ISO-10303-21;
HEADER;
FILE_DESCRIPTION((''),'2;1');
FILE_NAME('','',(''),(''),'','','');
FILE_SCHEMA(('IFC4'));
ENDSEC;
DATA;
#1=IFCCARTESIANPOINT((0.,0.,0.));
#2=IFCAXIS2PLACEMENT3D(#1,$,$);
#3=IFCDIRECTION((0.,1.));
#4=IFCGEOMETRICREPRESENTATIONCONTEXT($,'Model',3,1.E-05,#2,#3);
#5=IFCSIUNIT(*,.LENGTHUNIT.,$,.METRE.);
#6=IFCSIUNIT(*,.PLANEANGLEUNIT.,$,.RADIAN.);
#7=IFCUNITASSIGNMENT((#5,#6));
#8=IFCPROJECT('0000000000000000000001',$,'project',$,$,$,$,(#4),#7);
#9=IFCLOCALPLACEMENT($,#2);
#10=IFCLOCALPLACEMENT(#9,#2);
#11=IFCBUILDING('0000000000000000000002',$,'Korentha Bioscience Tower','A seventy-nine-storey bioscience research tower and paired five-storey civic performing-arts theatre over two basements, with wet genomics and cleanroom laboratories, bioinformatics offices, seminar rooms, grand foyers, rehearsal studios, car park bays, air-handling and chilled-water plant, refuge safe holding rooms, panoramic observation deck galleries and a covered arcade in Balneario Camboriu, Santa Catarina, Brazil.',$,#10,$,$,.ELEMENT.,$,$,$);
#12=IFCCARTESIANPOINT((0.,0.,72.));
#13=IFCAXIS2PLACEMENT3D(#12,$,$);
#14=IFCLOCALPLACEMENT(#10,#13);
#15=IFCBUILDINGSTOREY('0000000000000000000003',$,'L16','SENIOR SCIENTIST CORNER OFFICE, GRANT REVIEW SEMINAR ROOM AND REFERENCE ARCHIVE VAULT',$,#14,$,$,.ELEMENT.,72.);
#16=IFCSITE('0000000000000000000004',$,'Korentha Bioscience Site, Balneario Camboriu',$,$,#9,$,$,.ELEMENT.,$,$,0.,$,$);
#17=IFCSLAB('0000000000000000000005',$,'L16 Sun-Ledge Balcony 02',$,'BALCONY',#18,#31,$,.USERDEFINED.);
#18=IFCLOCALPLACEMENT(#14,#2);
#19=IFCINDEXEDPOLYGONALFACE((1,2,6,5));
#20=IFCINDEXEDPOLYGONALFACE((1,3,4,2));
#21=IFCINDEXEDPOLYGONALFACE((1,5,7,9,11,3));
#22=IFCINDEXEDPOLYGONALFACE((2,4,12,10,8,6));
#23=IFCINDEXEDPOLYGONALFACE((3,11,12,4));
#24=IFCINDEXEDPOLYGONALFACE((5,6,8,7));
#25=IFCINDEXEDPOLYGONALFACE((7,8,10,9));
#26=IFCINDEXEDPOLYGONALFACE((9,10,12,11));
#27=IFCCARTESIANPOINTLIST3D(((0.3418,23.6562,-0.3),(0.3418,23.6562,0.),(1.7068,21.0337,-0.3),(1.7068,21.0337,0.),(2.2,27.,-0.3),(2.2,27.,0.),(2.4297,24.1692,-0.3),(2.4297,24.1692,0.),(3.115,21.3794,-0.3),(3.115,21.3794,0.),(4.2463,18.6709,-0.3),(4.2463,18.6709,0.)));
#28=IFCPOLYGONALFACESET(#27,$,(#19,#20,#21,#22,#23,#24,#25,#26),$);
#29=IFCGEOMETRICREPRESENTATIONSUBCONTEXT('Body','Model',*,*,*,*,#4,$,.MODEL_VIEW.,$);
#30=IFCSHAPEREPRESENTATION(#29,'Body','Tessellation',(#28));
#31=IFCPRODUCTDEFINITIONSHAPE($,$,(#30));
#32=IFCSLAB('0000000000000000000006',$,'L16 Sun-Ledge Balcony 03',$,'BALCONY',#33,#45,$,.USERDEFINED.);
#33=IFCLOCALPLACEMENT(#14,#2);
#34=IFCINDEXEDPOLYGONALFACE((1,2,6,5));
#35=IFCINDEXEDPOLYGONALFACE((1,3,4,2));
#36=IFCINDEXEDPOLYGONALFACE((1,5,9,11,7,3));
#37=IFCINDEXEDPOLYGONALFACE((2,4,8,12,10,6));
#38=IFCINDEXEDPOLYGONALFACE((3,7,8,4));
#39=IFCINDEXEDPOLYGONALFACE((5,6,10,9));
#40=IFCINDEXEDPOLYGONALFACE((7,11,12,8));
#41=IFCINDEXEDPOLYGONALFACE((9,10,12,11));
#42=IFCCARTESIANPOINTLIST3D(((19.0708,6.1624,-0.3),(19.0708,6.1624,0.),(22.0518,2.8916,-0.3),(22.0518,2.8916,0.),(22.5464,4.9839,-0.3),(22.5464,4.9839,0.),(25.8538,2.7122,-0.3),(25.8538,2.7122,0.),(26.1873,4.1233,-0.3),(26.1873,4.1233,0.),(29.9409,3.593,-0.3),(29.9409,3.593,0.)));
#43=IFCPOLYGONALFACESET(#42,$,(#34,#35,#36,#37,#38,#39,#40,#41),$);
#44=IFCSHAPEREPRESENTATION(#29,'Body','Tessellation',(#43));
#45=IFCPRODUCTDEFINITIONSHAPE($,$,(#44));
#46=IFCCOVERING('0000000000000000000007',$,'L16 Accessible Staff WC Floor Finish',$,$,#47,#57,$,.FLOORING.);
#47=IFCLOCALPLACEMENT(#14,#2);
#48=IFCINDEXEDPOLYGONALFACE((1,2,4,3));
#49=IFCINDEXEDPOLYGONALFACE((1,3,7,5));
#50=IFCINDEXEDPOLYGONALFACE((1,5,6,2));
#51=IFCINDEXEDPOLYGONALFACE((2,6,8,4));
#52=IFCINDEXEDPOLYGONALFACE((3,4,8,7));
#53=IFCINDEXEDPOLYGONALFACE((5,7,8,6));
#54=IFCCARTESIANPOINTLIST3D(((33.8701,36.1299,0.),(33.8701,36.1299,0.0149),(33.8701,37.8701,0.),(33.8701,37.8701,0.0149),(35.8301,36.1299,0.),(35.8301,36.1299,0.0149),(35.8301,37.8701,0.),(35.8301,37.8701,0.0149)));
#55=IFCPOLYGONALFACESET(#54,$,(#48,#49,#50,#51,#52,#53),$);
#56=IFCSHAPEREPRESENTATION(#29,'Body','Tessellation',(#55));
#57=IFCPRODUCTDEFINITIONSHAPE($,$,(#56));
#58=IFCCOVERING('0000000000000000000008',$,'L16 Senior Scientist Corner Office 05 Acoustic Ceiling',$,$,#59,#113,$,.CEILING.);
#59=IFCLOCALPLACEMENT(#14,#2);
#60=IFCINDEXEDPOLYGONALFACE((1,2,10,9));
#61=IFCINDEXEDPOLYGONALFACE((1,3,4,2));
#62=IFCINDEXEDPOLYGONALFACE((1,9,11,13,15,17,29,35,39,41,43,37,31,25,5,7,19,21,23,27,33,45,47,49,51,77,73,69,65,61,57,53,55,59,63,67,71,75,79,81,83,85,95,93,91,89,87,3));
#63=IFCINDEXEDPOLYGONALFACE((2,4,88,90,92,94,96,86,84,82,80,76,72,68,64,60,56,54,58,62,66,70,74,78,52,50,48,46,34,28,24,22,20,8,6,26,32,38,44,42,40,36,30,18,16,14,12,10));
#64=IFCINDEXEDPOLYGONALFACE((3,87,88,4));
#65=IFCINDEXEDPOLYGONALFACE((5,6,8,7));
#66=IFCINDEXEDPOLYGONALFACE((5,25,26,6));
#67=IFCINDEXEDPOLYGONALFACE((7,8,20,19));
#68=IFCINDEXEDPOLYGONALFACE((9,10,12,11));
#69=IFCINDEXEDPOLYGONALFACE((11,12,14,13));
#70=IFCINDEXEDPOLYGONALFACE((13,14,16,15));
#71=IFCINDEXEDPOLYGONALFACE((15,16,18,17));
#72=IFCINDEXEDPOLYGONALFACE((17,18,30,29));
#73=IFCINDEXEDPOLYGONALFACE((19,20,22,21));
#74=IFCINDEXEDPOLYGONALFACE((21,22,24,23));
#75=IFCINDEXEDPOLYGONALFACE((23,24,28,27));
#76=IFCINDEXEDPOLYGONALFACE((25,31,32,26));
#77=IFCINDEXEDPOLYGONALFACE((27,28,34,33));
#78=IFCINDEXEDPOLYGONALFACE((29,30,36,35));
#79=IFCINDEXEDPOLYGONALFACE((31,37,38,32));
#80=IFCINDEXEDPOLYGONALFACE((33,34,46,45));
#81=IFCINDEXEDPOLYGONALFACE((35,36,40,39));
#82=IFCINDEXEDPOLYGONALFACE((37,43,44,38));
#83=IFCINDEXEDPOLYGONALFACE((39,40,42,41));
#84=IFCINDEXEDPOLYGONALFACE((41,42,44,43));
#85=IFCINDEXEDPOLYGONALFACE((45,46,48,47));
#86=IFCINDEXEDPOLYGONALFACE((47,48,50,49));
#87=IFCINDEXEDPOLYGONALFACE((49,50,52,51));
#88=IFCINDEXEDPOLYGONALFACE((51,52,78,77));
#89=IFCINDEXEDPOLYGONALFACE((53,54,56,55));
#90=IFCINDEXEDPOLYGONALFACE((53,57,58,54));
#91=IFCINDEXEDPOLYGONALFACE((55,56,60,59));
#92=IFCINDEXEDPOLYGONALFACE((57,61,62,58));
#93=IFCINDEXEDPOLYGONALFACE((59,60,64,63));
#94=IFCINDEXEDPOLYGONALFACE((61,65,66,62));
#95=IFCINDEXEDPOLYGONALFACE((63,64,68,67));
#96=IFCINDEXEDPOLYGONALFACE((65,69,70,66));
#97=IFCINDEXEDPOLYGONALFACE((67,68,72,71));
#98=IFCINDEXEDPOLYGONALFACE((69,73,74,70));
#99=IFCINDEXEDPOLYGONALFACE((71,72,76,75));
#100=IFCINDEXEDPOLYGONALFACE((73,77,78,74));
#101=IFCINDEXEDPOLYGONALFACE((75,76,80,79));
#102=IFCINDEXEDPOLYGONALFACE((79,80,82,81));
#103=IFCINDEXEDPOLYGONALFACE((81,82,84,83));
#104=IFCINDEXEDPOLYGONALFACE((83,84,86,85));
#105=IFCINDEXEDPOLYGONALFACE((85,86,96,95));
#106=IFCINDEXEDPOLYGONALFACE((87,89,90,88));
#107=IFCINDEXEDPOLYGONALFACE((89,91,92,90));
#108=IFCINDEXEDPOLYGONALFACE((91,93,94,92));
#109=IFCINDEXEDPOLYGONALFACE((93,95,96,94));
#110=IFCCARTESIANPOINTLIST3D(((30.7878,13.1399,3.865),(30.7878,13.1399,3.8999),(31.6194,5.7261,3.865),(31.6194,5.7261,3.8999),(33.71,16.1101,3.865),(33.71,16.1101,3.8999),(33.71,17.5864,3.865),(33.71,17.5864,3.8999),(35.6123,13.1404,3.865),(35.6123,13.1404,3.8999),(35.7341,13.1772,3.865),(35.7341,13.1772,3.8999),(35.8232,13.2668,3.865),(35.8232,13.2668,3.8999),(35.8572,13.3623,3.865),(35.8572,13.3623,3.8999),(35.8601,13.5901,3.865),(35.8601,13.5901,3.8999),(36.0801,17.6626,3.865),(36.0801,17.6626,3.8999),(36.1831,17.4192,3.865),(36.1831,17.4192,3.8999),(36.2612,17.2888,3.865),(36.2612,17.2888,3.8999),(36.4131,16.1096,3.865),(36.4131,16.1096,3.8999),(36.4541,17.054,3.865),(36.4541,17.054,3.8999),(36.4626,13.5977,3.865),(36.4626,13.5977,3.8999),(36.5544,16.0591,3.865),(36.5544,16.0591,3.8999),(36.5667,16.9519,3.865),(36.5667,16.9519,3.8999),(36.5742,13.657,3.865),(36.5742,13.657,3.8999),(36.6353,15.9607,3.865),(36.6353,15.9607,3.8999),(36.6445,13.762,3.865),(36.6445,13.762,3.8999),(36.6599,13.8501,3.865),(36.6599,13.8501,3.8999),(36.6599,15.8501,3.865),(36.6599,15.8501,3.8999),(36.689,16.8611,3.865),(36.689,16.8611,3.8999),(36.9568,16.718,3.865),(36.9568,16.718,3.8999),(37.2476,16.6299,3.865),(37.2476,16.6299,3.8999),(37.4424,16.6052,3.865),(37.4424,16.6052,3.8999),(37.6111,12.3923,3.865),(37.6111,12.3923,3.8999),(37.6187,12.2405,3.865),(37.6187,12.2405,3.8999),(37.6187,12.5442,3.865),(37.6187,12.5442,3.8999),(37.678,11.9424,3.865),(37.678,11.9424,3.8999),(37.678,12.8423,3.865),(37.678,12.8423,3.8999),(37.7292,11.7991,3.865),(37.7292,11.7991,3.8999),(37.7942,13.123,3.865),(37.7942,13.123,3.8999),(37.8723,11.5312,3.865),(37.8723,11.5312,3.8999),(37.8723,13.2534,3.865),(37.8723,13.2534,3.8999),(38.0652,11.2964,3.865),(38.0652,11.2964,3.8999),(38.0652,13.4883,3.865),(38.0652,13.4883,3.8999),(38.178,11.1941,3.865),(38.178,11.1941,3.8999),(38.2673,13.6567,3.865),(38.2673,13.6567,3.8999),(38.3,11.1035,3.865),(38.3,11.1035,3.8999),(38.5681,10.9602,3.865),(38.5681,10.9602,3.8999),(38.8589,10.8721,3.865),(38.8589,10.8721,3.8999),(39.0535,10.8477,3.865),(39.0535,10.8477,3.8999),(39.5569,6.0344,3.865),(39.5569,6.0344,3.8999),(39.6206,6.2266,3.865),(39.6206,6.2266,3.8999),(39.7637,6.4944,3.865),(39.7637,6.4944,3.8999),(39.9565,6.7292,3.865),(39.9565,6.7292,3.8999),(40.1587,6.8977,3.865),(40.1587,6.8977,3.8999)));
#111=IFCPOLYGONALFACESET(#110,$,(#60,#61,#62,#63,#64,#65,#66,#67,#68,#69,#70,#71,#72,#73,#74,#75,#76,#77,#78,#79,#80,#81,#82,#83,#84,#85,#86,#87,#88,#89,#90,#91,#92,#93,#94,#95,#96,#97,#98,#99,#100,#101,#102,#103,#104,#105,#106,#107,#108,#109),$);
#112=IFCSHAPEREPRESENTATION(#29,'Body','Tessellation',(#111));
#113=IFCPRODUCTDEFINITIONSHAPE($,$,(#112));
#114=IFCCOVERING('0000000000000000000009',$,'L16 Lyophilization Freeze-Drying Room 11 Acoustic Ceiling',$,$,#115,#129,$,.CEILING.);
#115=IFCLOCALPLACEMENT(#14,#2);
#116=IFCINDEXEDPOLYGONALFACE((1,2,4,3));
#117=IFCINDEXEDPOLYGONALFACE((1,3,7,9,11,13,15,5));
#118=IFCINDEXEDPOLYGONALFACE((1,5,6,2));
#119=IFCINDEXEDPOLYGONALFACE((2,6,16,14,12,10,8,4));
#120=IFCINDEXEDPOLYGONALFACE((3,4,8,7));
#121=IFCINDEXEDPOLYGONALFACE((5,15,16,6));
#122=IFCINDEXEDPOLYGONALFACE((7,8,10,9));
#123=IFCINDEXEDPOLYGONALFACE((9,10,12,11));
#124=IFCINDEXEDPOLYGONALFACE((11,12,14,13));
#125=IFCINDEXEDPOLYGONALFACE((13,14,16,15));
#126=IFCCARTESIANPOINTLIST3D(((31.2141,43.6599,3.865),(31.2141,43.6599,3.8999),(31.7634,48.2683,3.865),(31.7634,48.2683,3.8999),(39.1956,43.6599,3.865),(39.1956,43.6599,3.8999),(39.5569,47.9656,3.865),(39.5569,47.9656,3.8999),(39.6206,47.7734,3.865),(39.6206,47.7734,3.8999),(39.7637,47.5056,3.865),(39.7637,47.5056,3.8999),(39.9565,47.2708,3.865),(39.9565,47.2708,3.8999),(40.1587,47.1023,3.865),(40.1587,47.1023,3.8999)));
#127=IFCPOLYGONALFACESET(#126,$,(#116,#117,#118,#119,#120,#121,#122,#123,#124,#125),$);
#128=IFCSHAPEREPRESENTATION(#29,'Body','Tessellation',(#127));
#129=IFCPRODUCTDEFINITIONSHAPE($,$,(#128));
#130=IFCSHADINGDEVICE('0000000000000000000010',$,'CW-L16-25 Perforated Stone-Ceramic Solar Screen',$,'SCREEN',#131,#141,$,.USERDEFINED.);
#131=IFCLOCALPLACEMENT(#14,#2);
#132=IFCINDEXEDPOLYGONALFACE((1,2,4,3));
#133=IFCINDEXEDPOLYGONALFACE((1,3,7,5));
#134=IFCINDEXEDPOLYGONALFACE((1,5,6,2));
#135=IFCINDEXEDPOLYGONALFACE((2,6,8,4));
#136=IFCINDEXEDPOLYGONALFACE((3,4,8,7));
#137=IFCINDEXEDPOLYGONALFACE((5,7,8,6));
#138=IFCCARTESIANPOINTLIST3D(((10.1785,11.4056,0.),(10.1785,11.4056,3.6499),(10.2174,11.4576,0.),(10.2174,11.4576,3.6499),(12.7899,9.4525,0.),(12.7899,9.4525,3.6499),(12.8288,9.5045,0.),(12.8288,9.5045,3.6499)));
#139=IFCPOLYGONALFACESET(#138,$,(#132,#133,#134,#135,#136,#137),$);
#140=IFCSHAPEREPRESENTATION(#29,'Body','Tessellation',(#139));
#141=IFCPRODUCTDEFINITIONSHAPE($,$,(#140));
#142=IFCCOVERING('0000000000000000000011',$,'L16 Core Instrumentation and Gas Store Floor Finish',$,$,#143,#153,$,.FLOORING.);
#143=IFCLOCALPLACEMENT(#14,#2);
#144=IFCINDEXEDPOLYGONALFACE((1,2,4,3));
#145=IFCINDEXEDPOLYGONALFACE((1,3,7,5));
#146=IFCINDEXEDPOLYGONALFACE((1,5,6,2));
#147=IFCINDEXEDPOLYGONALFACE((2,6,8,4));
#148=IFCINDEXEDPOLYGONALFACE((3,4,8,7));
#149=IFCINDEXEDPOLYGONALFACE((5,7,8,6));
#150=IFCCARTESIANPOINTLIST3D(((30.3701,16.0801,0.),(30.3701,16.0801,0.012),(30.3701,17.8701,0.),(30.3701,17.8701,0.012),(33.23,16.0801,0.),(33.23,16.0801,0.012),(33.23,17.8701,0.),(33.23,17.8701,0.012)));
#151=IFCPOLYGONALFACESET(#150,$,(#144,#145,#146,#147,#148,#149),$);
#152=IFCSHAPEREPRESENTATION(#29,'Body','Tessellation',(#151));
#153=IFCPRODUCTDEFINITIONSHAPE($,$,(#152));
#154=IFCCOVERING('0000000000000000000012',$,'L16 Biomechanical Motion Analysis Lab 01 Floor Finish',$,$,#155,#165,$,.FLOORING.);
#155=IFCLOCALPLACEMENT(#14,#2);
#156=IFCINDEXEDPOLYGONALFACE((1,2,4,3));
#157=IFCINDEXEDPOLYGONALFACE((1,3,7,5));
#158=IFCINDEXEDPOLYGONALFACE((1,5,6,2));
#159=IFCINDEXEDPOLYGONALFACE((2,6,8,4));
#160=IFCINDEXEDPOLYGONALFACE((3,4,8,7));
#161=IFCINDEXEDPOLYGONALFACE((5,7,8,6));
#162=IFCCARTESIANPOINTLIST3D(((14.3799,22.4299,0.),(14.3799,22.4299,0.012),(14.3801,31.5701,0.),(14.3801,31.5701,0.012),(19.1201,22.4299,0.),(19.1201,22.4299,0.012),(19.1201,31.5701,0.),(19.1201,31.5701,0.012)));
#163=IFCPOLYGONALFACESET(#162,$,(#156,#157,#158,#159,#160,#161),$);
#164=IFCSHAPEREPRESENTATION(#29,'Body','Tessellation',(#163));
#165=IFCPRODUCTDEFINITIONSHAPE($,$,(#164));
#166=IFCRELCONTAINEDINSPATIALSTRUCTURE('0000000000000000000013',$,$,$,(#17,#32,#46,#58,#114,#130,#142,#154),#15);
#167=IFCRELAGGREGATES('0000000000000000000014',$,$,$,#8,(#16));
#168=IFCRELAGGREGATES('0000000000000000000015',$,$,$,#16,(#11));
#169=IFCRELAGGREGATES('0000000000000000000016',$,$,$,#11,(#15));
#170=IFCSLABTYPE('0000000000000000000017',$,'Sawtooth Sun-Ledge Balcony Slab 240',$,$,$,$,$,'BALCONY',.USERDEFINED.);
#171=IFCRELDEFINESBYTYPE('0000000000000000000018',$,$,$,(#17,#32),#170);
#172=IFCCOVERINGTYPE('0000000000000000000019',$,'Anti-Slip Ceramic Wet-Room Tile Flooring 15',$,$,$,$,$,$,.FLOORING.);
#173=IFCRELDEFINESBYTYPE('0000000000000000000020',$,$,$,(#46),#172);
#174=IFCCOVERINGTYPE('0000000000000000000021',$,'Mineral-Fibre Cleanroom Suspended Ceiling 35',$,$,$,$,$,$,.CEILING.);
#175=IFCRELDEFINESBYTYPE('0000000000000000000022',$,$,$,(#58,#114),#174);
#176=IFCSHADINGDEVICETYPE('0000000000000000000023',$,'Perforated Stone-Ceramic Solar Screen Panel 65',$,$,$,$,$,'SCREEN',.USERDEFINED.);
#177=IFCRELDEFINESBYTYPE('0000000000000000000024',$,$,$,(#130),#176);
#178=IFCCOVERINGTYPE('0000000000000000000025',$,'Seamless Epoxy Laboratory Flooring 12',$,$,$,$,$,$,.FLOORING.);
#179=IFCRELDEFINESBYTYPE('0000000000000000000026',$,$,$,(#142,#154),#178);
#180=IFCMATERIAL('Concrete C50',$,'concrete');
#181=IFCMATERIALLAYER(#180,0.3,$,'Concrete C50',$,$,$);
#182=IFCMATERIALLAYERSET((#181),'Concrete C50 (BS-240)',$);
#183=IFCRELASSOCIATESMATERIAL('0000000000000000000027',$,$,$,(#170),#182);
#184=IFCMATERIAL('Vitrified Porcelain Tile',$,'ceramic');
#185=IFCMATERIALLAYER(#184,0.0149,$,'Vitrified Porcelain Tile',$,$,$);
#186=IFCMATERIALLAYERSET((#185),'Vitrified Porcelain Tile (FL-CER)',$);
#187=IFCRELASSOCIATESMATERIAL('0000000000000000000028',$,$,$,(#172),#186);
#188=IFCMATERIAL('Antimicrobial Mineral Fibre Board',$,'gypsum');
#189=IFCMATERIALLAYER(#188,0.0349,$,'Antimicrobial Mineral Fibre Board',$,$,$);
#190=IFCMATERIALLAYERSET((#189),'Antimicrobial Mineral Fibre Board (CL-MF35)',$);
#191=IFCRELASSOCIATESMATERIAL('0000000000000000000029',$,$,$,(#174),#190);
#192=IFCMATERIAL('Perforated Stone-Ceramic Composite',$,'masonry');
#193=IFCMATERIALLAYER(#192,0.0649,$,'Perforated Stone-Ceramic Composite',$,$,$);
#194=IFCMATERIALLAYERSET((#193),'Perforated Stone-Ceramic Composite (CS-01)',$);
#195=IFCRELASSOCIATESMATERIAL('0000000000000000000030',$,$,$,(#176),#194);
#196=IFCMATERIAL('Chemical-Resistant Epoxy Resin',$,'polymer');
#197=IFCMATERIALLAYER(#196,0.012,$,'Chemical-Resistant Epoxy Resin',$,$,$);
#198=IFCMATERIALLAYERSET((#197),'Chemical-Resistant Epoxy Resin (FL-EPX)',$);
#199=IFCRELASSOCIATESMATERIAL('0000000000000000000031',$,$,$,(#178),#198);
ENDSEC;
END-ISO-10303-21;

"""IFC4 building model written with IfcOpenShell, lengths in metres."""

from ifc_helpers import new_model, si_unit, direction, frame, origin, origin_2d, place, context, subcontext, project, spatial, polyline, rectangle, outline, extrude, material, layer, layer_set, type_object, element, save


model = new_model("IFC4")

# Units and contexts
model_context = context("Model", 3, precision=1e-05, world=origin(), true_north=direction((0.0, 1.0)))
body_context = subcontext(model_context, "Body", "Model", "MODEL_VIEW")
ifc_project = project(units=[si_unit("LENGTHUNIT", "METRE"), si_unit("PLANEANGLEUNIT", "RADIAN")], contexts=[model_context])

# Site, building, storey
site_placement = place(None, origin())
site = spatial("IfcSite", under=ifc_project, at=site_placement, Name="Korentha Bioscience Site, Balneario Camboriu", CompositionType="ELEMENT", RefElevation=0.0)
building_placement = place(site_placement, origin())
building = spatial("IfcBuilding", under=site, at=building_placement, Name="Korentha Bioscience Tower", Description="A seventy-nine-storey bioscience research tower and paired five-storey civic performing-arts theatre over two basements, with wet genomics and cleanroom laboratories, bioinformatics offices, seminar rooms, grand foyers, rehearsal studios, car park bays, air-handling and chilled-water plant, refuge safe holding rooms, panoramic observation deck galleries and a covered arcade in Balneario Camboriu, Santa Catarina, Brazil.", CompositionType="ELEMENT")
storey_placement = place(building_placement, frame((0.0, 0.0, 72.0)))
storey = spatial("IfcBuildingStorey", under=building, at=storey_placement, Name="L16", Description="SENIOR SCIENTIST CORNER OFFICE, GRANT REVIEW SEMINAR ROOM AND REFERENCE ARCHIVE VAULT", CompositionType="ELEMENT", Elevation=72.0)

# Shared definitions
ifc_material_1 = material(Name="Concrete C50", Category="concrete")

# Slabs
ifc_layer_1 = layer(ifc_material_1, 0.3, Name="Concrete C50")
ifc_layer_set_1 = layer_set([ifc_layer_1], Name="Concrete C50 (BS-240)")
slab_type_1 = type_object("IfcSlabType", Name="Sawtooth Sun-Ledge Balcony Slab 240", ElementType="BALCONY", PredefinedType="USERDEFINED", material=ifc_layer_set_1)
slab_1_placement = place(storey_placement, frame((0.0, 0.0, -0.3)))
element("IfcSlab", 1, at=slab_1_placement, inside=storey, type_object=slab_type_1, Name="L16 Sun-Ledge Balcony 02", ObjectType="BALCONY", PredefinedType="USERDEFINED", context=body_context, shape_type="SweptSolid", body=[
    extrude(outline(polyline([(4.2463, 18.6709), (3.115, 21.3794), (2.4297, 24.1692), (2.2, 27.0), (0.3418, 23.6562), (1.7068, 21.0337), (4.2463, 18.6709)])), origin(), (0.0, 0.0, 1.0), 0.3),
])
slab_2_placement = place(storey_placement, frame((0.0, 0.0, -0.3)))
element("IfcSlab", 2, at=slab_2_placement, inside=storey, type_object=slab_type_1, Name="L16 Sun-Ledge Balcony 03", ObjectType="BALCONY", PredefinedType="USERDEFINED", context=body_context, shape_type="SweptSolid", body=[
    extrude(outline(polyline([(29.9409, 3.593), (26.1873, 4.1233), (22.5464, 4.9839), (19.0708, 6.1624), (22.0518, 2.8916), (25.8538, 2.7122), (29.9409, 3.593)])), origin(), (0.0, 0.0, 1.0), 0.3),
])

# Coverings
ifc_material_2 = material(Name="Vitrified Porcelain Tile", Category="ceramic")
ifc_layer_2 = layer(ifc_material_2, 0.0149, Name="Vitrified Porcelain Tile")
ifc_layer_set_2 = layer_set([ifc_layer_2], Name="Vitrified Porcelain Tile (FL-CER)")
covering_type_1 = type_object("IfcCoveringType", Name="Anti-Slip Ceramic Wet-Room Tile Flooring 15", PredefinedType="FLOORING", material=ifc_layer_set_2)
covering_1_placement = place(storey_placement, origin())
element("IfcCovering", 3, at=covering_1_placement, inside=storey, type_object=covering_type_1, Name="L16 Accessible Staff WC Floor Finish", PredefinedType="FLOORING", context=body_context, shape_type="SweptSolid", body=[
    extrude(outline(polyline([(33.8701, 36.1299), (33.8701, 37.8701), (35.8301, 37.8701), (35.8301, 36.1299), (33.8701, 36.1299)])), origin(), (0.0, 0.0, 1.0), 0.0149),
])
ifc_material_3 = material(Name="Antimicrobial Mineral Fibre Board", Category="gypsum")
ifc_layer_3 = layer(ifc_material_3, 0.0349, Name="Antimicrobial Mineral Fibre Board")
ifc_layer_set_3 = layer_set([ifc_layer_3], Name="Antimicrobial Mineral Fibre Board (CL-MF35)")
covering_type_2 = type_object("IfcCoveringType", Name="Mineral-Fibre Cleanroom Suspended Ceiling 35", PredefinedType="CEILING", material=ifc_layer_set_3)
covering_2_placement = place(storey_placement, frame((0.0, 0.0, 3.865)))
element("IfcCovering", 4, at=covering_2_placement, inside=storey, type_object=covering_type_2, Name="L16 Senior Scientist Corner Office 05 Acoustic Ceiling", PredefinedType="CEILING", context=body_context, shape_type="SweptSolid", body=[
    extrude(outline(polyline([(35.6123, 13.1404), (35.7341, 13.1772), (35.8232, 13.2668), (35.8572, 13.3623), (35.8601, 13.5901), (36.4626, 13.5977), (36.5742, 13.657), (36.6445, 13.762), (36.6599, 13.8501), (36.6599, 15.8501), (36.6353, 15.9607), (36.5544, 16.0591), (36.4131, 16.1096), (33.71, 16.1101), (33.71, 17.5864), (36.0801, 17.6626), (36.1831, 17.4192), (36.2612, 17.2888), (36.4541, 17.054), (36.5667, 16.9519), (36.689, 16.8611), (36.9568, 16.718), (37.2476, 16.6299), (37.4424, 16.6052), (38.2673, 13.6567), (38.0652, 13.4883), (37.8723, 13.2534), (37.7942, 13.123), (37.678, 12.8423), (37.6187, 12.5442), (37.6111, 12.3923), (37.6187, 12.2405), (37.678, 11.9424), (37.7292, 11.7991), (37.8723, 11.5312), (38.0652, 11.2964), (38.178, 11.1941), (38.3, 11.1035), (38.5681, 10.9602), (38.8589, 10.8721), (39.0535, 10.8477), (40.1587, 6.8977), (39.9565, 6.7292), (39.7637, 6.4944), (39.6206, 6.2266), (39.5569, 6.0344), (31.6194, 5.7261), (30.7878, 13.1399), (35.6123, 13.1404)])), origin(), (0.0, 0.0, 1.0), 0.0349),
])
covering_3_placement = place(storey_placement, frame((0.0, 0.0, 3.865)))
element("IfcCovering", 5, at=covering_3_placement, inside=storey, type_object=covering_type_2, Name="L16 Lyophilization Freeze-Drying Room 11 Acoustic Ceiling", PredefinedType="CEILING", context=body_context, shape_type="SweptSolid", body=[
    extrude(outline(polyline([(31.7634, 48.2683), (39.5569, 47.9656), (39.6206, 47.7734), (39.7637, 47.5056), (39.9565, 47.2708), (40.1587, 47.1023), (39.1956, 43.6599), (31.2141, 43.6599), (31.7634, 48.2683)])), origin(), (0.0, 0.0, 1.0), 0.0349),
])

# Shading device
ifc_material_4 = material(Name="Perforated Stone-Ceramic Composite", Category="masonry")
ifc_layer_4 = layer(ifc_material_4, 0.0649, Name="Perforated Stone-Ceramic Composite")
ifc_layer_set_4 = layer_set([ifc_layer_4], Name="Perforated Stone-Ceramic Composite (CS-01)")
shading_device_type_1 = type_object("IfcShadingDeviceType", Name="Perforated Stone-Ceramic Solar Screen Panel 65", ElementType="SCREEN", PredefinedType="USERDEFINED", material=ifc_layer_set_4)
shading_device_1_placement = place(storey_placement, frame((11.5037, 10.4551, 0.0), z_axis=(0.0, 0.0, 1.0), x_axis=(0.800798, -0.598935, 0.0)))
element("IfcShadingDevice", 6, at=shading_device_1_placement, inside=storey, type_object=shading_device_type_1, Name="CW-L16-25 Perforated Stone-Ceramic Solar Screen", ObjectType="SCREEN", PredefinedType="USERDEFINED", context=body_context, shape_type="SweptSolid", body=[
    extrude(rectangle(XDim=3.261, YDim=0.0649, at=origin_2d()), origin(), (0.0, 0.0, 1.0), 3.6499),
])

# Coverings
ifc_material_5 = material(Name="Chemical-Resistant Epoxy Resin", Category="polymer")
ifc_layer_5 = layer(ifc_material_5, 0.012, Name="Chemical-Resistant Epoxy Resin")
ifc_layer_set_5 = layer_set([ifc_layer_5], Name="Chemical-Resistant Epoxy Resin (FL-EPX)")
covering_type_3 = type_object("IfcCoveringType", Name="Seamless Epoxy Laboratory Flooring 12", PredefinedType="FLOORING", material=ifc_layer_set_5)
covering_4_placement = place(storey_placement, origin())
element("IfcCovering", 7, at=covering_4_placement, inside=storey, type_object=covering_type_3, Name="L16 Core Instrumentation and Gas Store Floor Finish", PredefinedType="FLOORING", context=body_context, shape_type="SweptSolid", body=[
    extrude(outline(polyline([(30.3701, 16.0801), (30.3701, 17.8701), (33.23, 17.8701), (33.23, 16.0801), (30.3701, 16.0801)])), origin(), (0.0, 0.0, 1.0), 0.012),
])
covering_5_placement = place(storey_placement, origin())
element("IfcCovering", 8, at=covering_5_placement, inside=storey, type_object=covering_type_3, Name="L16 Biomechanical Motion Analysis Lab 01 Floor Finish", PredefinedType="FLOORING", context=body_context, shape_type="SweptSolid", body=[
    extrude(outline(polyline([(14.3799, 22.4299), (14.3801, 31.5701), (19.1201, 31.5701), (19.1201, 22.4299), (14.3799, 22.4299)])), origin(), (0.0, 0.0, 1.0), 0.012),
])

save(model, "model.ifc")
